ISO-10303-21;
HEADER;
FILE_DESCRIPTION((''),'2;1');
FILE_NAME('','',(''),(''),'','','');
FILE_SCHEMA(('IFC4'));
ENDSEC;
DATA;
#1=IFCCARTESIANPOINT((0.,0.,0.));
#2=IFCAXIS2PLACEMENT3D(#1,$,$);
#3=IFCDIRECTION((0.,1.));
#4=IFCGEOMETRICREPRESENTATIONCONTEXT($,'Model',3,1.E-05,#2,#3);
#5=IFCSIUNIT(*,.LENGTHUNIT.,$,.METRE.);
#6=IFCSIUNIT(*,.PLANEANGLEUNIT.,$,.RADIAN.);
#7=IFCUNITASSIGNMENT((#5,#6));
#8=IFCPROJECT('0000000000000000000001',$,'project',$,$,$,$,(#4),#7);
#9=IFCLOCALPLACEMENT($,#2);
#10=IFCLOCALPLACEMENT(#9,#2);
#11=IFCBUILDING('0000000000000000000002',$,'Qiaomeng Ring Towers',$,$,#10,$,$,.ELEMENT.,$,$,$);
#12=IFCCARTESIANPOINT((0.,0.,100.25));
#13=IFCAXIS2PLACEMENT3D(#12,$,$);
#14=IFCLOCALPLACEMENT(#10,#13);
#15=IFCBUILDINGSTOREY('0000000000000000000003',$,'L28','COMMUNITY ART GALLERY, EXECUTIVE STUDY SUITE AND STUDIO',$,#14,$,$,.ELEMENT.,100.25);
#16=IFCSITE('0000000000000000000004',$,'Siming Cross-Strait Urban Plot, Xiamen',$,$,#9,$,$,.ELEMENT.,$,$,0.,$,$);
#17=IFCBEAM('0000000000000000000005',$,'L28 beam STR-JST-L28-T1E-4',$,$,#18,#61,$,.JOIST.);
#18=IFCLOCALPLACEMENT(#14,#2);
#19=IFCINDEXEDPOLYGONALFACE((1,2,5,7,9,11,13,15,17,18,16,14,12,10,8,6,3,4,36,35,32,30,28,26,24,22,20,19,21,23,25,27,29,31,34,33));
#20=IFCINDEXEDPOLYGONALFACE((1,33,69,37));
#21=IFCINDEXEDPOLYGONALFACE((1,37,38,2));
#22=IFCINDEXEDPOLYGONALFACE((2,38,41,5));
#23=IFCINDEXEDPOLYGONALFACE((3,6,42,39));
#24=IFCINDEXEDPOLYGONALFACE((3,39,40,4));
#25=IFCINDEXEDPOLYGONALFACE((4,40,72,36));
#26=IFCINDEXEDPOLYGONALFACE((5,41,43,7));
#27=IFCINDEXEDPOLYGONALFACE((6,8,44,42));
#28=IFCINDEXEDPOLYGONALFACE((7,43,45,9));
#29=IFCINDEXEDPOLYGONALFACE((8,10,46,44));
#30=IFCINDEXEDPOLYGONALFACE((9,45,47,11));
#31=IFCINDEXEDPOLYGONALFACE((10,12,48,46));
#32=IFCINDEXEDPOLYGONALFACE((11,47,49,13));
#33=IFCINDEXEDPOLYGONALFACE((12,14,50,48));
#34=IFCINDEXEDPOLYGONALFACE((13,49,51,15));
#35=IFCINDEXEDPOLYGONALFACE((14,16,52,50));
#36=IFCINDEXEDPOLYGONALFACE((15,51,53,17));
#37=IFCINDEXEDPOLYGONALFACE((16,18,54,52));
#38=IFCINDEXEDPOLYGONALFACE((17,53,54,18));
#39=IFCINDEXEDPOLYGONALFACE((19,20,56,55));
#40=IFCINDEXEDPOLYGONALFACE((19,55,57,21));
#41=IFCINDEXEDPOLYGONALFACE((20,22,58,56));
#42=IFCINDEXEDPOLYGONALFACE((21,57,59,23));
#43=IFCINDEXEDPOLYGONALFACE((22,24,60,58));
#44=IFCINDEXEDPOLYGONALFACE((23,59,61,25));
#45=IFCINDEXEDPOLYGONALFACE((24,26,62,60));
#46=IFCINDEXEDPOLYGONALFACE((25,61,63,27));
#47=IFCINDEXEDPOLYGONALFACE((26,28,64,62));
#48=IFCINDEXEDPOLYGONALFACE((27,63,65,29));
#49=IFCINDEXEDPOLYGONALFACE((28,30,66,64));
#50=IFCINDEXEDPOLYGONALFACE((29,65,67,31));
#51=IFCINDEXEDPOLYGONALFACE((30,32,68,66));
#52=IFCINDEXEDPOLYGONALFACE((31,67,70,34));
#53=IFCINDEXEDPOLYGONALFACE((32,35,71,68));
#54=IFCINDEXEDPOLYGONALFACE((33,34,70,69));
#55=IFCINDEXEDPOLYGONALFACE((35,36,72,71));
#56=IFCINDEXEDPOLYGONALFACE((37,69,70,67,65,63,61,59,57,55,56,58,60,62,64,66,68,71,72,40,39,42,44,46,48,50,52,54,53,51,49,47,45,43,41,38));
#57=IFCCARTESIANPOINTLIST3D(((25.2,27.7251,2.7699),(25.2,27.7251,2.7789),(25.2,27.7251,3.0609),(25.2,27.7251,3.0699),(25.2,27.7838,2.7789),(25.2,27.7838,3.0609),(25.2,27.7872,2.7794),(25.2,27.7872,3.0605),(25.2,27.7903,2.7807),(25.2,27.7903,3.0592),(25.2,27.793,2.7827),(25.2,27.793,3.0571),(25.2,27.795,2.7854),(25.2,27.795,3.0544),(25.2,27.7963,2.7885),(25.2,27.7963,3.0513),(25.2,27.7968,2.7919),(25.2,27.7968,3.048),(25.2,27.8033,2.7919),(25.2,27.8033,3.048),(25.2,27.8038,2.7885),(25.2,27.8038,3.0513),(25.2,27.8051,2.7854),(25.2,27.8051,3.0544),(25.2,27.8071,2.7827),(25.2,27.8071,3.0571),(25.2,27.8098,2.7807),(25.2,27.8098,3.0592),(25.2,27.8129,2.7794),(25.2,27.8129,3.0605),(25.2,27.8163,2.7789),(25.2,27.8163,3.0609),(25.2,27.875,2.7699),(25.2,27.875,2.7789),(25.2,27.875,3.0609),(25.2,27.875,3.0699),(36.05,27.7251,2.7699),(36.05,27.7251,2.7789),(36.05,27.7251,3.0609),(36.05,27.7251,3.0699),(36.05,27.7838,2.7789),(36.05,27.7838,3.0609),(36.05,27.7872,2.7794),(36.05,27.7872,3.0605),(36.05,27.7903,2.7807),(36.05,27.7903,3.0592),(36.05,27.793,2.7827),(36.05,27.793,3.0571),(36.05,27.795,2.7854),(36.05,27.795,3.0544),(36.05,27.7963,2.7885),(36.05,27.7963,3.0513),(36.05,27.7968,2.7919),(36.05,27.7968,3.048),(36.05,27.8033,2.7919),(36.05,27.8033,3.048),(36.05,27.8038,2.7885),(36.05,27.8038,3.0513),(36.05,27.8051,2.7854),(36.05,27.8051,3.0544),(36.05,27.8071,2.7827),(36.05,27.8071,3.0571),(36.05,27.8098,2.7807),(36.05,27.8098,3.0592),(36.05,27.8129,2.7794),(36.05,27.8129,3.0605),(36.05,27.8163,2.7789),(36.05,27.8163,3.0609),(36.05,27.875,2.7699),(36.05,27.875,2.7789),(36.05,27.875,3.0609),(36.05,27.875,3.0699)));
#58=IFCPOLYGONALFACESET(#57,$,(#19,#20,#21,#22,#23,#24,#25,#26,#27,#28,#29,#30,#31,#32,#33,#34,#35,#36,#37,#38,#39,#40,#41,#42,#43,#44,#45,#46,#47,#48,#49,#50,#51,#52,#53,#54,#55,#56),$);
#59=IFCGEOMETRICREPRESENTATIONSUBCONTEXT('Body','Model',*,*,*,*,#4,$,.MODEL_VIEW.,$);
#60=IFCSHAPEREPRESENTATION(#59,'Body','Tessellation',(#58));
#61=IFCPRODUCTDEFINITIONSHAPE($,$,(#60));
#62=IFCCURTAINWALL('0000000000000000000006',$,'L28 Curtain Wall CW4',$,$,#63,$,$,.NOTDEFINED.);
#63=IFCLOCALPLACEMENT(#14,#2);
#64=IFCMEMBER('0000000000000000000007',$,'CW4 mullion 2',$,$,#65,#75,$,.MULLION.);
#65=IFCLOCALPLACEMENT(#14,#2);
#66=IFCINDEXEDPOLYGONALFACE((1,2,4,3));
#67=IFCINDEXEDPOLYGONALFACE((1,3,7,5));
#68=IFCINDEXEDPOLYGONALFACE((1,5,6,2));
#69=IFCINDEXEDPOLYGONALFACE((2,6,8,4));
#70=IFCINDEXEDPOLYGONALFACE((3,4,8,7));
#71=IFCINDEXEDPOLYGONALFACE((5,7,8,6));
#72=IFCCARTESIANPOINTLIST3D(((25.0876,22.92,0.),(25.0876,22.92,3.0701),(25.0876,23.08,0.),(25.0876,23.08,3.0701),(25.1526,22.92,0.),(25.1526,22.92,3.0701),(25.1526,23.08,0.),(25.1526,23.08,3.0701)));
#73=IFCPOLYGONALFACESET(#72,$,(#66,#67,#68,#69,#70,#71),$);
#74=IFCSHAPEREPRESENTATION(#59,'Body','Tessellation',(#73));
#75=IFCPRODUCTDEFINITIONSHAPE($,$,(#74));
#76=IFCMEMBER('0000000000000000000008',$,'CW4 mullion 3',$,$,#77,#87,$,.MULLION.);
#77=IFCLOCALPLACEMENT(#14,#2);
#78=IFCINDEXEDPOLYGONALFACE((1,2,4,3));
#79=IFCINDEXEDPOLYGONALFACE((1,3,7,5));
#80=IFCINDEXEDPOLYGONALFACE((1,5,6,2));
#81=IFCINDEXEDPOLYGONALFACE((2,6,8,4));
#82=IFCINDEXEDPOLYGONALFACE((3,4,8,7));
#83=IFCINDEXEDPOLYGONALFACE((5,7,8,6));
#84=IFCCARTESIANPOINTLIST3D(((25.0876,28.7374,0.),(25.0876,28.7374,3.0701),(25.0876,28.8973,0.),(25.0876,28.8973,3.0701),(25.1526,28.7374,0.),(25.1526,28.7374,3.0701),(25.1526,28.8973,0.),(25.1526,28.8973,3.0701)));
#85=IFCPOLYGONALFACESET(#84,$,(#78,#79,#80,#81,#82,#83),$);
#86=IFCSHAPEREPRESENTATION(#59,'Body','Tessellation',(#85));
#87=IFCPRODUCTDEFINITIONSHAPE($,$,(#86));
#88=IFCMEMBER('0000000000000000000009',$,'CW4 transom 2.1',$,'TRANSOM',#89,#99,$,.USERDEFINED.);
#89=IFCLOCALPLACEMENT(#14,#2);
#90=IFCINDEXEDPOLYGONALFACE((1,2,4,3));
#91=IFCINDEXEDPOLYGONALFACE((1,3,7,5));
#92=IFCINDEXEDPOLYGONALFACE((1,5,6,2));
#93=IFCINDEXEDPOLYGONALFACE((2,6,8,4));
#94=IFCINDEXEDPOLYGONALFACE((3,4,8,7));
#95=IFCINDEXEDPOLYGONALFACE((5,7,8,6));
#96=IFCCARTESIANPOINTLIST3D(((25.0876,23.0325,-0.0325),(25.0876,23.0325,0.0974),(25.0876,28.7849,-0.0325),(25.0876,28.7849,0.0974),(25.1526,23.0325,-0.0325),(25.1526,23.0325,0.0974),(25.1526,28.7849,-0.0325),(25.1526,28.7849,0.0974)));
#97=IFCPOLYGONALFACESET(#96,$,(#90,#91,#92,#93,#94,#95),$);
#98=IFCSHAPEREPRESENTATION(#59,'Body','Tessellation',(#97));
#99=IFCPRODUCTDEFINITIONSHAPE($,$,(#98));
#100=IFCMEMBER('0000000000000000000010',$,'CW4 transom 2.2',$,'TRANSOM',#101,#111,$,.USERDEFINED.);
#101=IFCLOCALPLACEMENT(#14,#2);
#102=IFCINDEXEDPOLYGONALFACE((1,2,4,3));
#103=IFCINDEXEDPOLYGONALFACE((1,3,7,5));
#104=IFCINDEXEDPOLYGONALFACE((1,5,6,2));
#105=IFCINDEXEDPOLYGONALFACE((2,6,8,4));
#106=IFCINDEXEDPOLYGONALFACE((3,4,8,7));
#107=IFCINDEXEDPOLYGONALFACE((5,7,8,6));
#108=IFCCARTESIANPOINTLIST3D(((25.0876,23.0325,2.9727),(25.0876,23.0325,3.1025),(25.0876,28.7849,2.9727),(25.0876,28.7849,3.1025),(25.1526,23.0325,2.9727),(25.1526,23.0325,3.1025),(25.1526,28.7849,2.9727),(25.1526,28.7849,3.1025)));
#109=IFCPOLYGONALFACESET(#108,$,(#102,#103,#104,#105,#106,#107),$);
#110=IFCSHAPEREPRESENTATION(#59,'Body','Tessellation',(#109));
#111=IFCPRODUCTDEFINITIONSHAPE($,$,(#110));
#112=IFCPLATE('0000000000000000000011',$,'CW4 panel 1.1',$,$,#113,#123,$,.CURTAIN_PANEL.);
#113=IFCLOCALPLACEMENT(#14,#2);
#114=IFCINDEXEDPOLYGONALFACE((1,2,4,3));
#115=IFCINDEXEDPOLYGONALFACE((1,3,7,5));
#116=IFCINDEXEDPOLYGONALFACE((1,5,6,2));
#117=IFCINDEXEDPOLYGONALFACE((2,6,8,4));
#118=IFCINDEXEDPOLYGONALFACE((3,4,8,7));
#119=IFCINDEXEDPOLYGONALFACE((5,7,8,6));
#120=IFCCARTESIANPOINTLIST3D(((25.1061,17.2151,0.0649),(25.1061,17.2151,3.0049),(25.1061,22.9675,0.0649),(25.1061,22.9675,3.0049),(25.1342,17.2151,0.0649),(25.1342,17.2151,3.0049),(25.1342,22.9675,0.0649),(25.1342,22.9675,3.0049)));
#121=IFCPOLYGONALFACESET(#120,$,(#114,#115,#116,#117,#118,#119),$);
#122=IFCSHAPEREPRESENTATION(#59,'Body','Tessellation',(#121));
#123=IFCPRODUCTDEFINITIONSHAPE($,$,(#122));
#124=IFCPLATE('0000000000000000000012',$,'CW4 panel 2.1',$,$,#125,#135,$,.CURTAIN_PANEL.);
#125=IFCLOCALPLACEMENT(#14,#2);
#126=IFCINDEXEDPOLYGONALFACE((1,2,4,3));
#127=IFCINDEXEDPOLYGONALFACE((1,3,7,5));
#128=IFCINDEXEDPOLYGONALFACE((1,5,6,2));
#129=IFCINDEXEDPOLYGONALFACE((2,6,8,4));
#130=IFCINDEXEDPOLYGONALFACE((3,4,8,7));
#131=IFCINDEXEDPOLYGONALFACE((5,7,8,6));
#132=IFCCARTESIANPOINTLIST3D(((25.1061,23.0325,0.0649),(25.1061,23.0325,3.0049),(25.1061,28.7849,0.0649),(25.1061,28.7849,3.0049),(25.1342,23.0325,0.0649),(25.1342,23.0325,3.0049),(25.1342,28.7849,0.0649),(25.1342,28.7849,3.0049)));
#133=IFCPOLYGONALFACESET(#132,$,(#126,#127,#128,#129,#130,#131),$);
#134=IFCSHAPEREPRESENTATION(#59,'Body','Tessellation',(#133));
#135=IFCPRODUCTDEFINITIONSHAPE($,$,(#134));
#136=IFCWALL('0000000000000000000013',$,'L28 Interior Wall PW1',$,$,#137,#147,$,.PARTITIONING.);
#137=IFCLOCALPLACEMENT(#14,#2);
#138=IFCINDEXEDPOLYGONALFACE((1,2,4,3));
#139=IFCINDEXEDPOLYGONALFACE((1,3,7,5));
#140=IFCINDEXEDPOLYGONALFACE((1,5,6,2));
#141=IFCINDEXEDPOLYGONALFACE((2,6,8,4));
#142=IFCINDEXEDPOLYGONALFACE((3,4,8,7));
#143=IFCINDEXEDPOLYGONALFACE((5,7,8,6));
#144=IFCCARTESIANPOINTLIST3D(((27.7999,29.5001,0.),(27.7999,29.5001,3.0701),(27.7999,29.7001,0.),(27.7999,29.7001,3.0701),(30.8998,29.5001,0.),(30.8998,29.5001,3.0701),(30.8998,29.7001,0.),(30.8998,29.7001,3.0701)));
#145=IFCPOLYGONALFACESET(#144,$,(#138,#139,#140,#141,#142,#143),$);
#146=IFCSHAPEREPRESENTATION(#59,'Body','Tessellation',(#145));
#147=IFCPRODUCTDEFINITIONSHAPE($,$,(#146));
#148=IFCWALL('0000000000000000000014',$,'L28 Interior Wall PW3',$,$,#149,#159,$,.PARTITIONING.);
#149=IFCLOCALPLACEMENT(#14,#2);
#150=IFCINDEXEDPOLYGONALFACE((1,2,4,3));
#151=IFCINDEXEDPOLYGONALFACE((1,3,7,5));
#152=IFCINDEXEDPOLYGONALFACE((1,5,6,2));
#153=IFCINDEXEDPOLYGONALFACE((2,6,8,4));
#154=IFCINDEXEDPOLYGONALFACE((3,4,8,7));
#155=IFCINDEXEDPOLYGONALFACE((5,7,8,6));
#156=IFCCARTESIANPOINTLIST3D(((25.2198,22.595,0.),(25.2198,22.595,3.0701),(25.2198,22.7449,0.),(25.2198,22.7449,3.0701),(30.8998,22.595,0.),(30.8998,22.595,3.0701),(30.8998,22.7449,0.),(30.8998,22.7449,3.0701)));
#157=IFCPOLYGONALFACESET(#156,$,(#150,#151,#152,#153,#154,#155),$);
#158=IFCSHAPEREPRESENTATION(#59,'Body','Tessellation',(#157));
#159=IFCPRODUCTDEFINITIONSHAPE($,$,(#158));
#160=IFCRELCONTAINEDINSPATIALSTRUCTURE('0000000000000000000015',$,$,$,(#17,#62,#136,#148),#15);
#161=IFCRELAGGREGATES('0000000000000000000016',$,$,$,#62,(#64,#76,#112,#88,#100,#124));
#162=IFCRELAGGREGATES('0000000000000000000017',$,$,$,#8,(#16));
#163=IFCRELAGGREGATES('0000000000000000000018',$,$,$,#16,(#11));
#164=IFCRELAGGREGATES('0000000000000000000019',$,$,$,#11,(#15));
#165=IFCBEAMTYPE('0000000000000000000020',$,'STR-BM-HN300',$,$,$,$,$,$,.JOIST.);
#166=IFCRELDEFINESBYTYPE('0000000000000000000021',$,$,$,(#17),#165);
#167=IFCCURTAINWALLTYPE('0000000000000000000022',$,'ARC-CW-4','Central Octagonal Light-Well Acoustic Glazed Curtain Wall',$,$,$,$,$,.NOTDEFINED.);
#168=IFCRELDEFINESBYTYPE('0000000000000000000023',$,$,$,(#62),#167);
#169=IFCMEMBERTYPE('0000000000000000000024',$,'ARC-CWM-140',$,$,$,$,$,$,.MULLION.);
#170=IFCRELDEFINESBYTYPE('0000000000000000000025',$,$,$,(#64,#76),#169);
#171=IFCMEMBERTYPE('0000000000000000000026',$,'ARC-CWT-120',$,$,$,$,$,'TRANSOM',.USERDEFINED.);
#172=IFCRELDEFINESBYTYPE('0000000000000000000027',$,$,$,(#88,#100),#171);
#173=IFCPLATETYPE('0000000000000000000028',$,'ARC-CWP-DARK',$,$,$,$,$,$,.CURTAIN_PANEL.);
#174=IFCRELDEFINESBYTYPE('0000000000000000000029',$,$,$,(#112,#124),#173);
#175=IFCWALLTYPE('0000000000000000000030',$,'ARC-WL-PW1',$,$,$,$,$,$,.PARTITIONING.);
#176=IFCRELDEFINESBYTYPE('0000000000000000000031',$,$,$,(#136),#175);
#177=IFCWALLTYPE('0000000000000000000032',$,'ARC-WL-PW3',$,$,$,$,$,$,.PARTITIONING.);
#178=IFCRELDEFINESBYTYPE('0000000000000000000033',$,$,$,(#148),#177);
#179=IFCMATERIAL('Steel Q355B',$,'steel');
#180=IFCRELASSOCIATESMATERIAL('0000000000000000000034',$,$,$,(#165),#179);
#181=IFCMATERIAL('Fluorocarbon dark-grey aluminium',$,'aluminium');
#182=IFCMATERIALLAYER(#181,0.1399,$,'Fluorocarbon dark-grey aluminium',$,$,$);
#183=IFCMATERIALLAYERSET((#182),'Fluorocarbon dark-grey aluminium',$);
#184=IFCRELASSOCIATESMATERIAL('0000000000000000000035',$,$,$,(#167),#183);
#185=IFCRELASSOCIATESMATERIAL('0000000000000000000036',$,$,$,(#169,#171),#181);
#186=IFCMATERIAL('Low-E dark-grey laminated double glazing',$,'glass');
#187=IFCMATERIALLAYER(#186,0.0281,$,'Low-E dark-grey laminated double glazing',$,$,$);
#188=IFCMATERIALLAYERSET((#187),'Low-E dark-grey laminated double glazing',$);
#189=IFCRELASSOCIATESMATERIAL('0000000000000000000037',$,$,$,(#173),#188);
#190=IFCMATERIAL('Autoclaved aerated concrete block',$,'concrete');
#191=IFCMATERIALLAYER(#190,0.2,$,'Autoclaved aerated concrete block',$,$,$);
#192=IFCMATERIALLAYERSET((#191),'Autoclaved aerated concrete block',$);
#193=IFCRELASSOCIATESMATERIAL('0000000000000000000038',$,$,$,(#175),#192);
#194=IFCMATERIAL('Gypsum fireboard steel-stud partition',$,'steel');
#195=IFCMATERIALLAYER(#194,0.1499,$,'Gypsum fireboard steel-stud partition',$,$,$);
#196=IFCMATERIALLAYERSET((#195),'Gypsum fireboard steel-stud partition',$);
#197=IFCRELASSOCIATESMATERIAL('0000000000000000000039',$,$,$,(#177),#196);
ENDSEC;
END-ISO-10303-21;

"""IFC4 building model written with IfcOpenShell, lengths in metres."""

from ifc_helpers import new_model, si_unit, direction, frame, frame_2d, origin, origin_2d, place, context, subcontext, project, spatial, rectangle, i_section, extrude, source, transform, mapped, material, layer, layer_set, material_profile, profile_set, type_object, element, aggregate, save


model = new_model("IFC4")

# Units and contexts
model_context = context("Model", 3, precision=1e-05, world=origin(), true_north=direction((0.0, 1.0)))
body_context = subcontext(model_context, "Body", "Model", "MODEL_VIEW")
ifc_project = project(units=[si_unit("LENGTHUNIT", "METRE"), si_unit("PLANEANGLEUNIT", "RADIAN")], contexts=[model_context])

# Site, building, storey
site_placement = place(None, origin())
site = spatial("IfcSite", under=ifc_project, at=site_placement, Name="Siming Cross-Strait Urban Plot, Xiamen", CompositionType="ELEMENT", RefElevation=0.0)
building_placement = place(site_placement, origin())
building = spatial("IfcBuilding", under=site, at=building_placement, Name="Qiaomeng Ring Towers", CompositionType="ELEMENT")
storey_placement = place(building_placement, frame((0.0, 0.0, 100.25)))
storey = spatial("IfcBuildingStorey", under=building, at=storey_placement, Name="L28", Description="COMMUNITY ART GALLERY, EXECUTIVE STUDY SUITE AND STUDIO", CompositionType="ELEMENT", Elevation=100.25)

# Beam
ifc_material_1 = material(Name="Steel Q355B", Category="steel")
ifc_material_profile_1 = material_profile(ifc_material_1, i_section(OverallWidth=0.1499, OverallDepth=0.3, WebThickness=0.0066, FlangeThickness=0.009, FilletRadius=0.0129, at=origin_2d()), Name="HN 300x150x6.5x9")
ifc_profile_set_1 = profile_set([ifc_material_profile_1], Name="Steel Q355B")
beam_type_1 = type_object("IfcBeamType", Name="STR-BM-HN300", PredefinedType="JOIST", material=ifc_profile_set_1)
shared_shape_1 = source(origin(), body_context, "Body", "SweptSolid", [
    extrude(i_section(OverallWidth=0.1499, OverallDepth=0.3, WebThickness=0.0066, FlangeThickness=0.009, FilletRadius=0.0129, at=origin_2d()), origin(), (0.0, 0.0, 1.0), 10.8501),
])
for number, where, z_axis, x_axis, name in (
    (1, (25.2, 27.8, 2.9199), (1.0, 0.0, 0.0), (0.0, 1.0, 0.0), "L28 beam STR-JST-L28-T1E-4"),
):
    element("IfcBeam", number, at=place(storey_placement, frame(where, z_axis=z_axis, x_axis=x_axis)), inside=storey, type_object=beam_type_1, Name=name, PredefinedType="JOIST", context=body_context, shape_type="MappedRepresentation", body=[
        mapped(shared_shape_1, transform((0.0, 0.0, 0.0), x_axis=(1.0, 0.0, 0.0), y_axis=(0.0, 1.0, 0.0), z_axis=(0.0, 0.0, 1.0), scale=1.0)),
    ])

# Curtain wall, members, plates
ifc_material_2 = material(Name="Fluorocarbon dark-grey aluminium", Category="aluminium")
ifc_layer_1 = layer(ifc_material_2, 0.1399, Name="Fluorocarbon dark-grey aluminium")
ifc_layer_set_1 = layer_set([ifc_layer_1], Name="Fluorocarbon dark-grey aluminium")
curtain_wall_type = type_object("IfcCurtainWallType", Name="ARC-CW-4", Description="Central Octagonal Light-Well Acoustic Glazed Curtain Wall", PredefinedType="NOTDEFINED", material=ifc_layer_set_1)
curtain_wall_placement = place(storey_placement, origin())
curtain_wall = element("IfcCurtainWall", 2, at=curtain_wall_placement, inside=storey, type_object=curtain_wall_type, Name="L28 Curtain Wall CW4", PredefinedType="NOTDEFINED")
ifc_material_profile_2 = material_profile(ifc_material_2, rectangle(XDim=0.0649, YDim=0.1599, at=origin_2d()), Name="ALU MULL 65x160")
ifc_profile_set_2 = profile_set([ifc_material_profile_2], Name="Fluorocarbon dark-grey aluminium")
member_type_1 = type_object("IfcMemberType", Name="ARC-CWM-140", PredefinedType="MULLION", material=ifc_profile_set_2)
shared_shape_2 = source(origin(), body_context, "Body", "SweptSolid", [
    extrude(rectangle(XDim=0.0649, YDim=0.1599, at=origin_2d()), origin(), (0.0, 0.0, 1.0), 3.0701),
])
member_1_placement = place(storey_placement, frame((25.1201, 23.0, 0.0), z_axis=(0.0, 0.0, 1.0), x_axis=(-1.0, 0.0, 0.0)))
member_1 = element("IfcMember", 3, at=member_1_placement, type_object=member_type_1, Name="CW4 mullion 2", PredefinedType="MULLION", context=body_context, shape_type="MappedRepresentation", body=[
    mapped(shared_shape_2, transform((0.0, 0.0, 0.0), x_axis=(1.0, 0.0, 0.0), y_axis=(0.0, 1.0, 0.0), z_axis=(0.0, 0.0, 1.0), scale=1.0)),
])
member_2_placement = place(storey_placement, frame((25.1201, 28.8174, 0.0), z_axis=(0.0, 0.0, 1.0), x_axis=(-1.0, 0.0, 0.0)))
member_2 = element("IfcMember", 4, at=member_2_placement, type_object=member_type_1, Name="CW4 mullion 3", PredefinedType="MULLION", context=body_context, shape_type="MappedRepresentation", body=[
    mapped(shared_shape_2, transform((0.0, 0.0, 0.0), x_axis=(1.0, 0.0, 0.0), y_axis=(0.0, 1.0, 0.0), z_axis=(0.0, 0.0, 1.0), scale=1.0)),
])
ifc_material_profile_3 = material_profile(ifc_material_2, rectangle(XDim=0.0649, YDim=0.1299, at=origin_2d()), Name="ALU TRAN 65x130")
ifc_profile_set_3 = profile_set([ifc_material_profile_3], Name="Fluorocarbon dark-grey aluminium")
member_type_2 = type_object("IfcMemberType", Name="ARC-CWT-120", ElementType="TRANSOM", PredefinedType="USERDEFINED", material=ifc_profile_set_3)
shared_shape_3 = source(origin(), body_context, "Body", "SweptSolid", [
    extrude(rectangle(XDim=0.0649, YDim=0.1299, at=origin_2d()), origin(), (0.0, 0.0, 1.0), 5.7524),
])
member_3_placement = place(storey_placement, frame((25.1201, 23.0325, 0.0325), z_axis=(0.0, 1.0, 0.0), x_axis=(-1.0, 0.0, 0.0)))
member_3 = element("IfcMember", 5, at=member_3_placement, type_object=member_type_2, Name="CW4 transom 2.1", ObjectType="TRANSOM", PredefinedType="USERDEFINED", context=body_context, shape_type="MappedRepresentation", body=[
    mapped(shared_shape_3, transform((0.0, 0.0, 0.0), x_axis=(1.0, 0.0, 0.0), y_axis=(0.0, 1.0, 0.0), z_axis=(0.0, 0.0, 1.0), scale=1.0)),
])
member_4_placement = place(storey_placement, frame((25.1201, 23.0325, 3.0376), z_axis=(0.0, 1.0, 0.0), x_axis=(-1.0, 0.0, 0.0)))
member_4 = element("IfcMember", 6, at=member_4_placement, type_object=member_type_2, Name="CW4 transom 2.2", ObjectType="TRANSOM", PredefinedType="USERDEFINED", context=body_context, shape_type="MappedRepresentation", body=[
    mapped(shared_shape_3, transform((0.0, 0.0, 0.0), x_axis=(1.0, 0.0, 0.0), y_axis=(0.0, 1.0, 0.0), z_axis=(0.0, 0.0, 1.0), scale=1.0)),
])
ifc_material_3 = material(Name="Low-E dark-grey laminated double glazing", Category="glass")
ifc_layer_2 = layer(ifc_material_3, 0.0281, Name="Low-E dark-grey laminated double glazing")
ifc_layer_set_2 = layer_set([ifc_layer_2], Name="Low-E dark-grey laminated double glazing")
plate_type = type_object("IfcPlateType", Name="ARC-CWP-DARK", PredefinedType="CURTAIN_PANEL", material=ifc_layer_set_2)
shared_shape_4 = source(origin(), body_context, "Body", "SweptSolid", [
    extrude(rectangle(XDim=5.7524, YDim=0.0281, at=origin_2d()), origin(), (0.0, 0.0, 1.0), 2.9399),
])
plate_1_placement = place(storey_placement, frame((25.1201, 20.0913, 0.0649), z_axis=(0.0, 0.0, 1.0), x_axis=(0.0, 1.0, 0.0)))
plate_1 = element("IfcPlate", 7, at=plate_1_placement, type_object=plate_type, Name="CW4 panel 1.1", PredefinedType="CURTAIN_PANEL", context=body_context, shape_type="MappedRepresentation", body=[
    mapped(shared_shape_4, transform((0.0, 0.0, 0.0), x_axis=(1.0, 0.0, 0.0), y_axis=(0.0, 1.0, 0.0), z_axis=(0.0, 0.0, 1.0), scale=1.0)),
])
plate_2_placement = place(storey_placement, frame((25.1201, 25.9087, 0.0649), z_axis=(0.0, 0.0, 1.0), x_axis=(0.0, 1.0, 0.0)))
plate_2 = element("IfcPlate", 8, at=plate_2_placement, type_object=plate_type, Name="CW4 panel 2.1", PredefinedType="CURTAIN_PANEL", context=body_context, shape_type="MappedRepresentation", body=[
    mapped(shared_shape_4, transform((0.0, 0.0, 0.0), x_axis=(1.0, 0.0, 0.0), y_axis=(0.0, 1.0, 0.0), z_axis=(0.0, 0.0, 1.0), scale=1.0)),
])
aggregate(curtain_wall, [member_1, member_2, plate_1, member_3, member_4, plate_2])

# Walls
ifc_material_4 = material(Name="Autoclaved aerated concrete block", Category="concrete")
ifc_layer_3 = layer(ifc_material_4, 0.2, Name="Autoclaved aerated concrete block")
ifc_layer_set_3 = layer_set([ifc_layer_3], Name="Autoclaved aerated concrete block")
wall_type_1 = type_object("IfcWallType", Name="ARC-WL-PW1", PredefinedType="PARTITIONING", material=ifc_layer_set_3)
wall_1_placement = place(storey_placement, frame((27.8, 29.6001, 0.0), z_axis=(0.0, 0.0, 1.0), x_axis=(1.0, 0.0, 0.0)))
element("IfcWall", 9, at=wall_1_placement, inside=storey, type_object=wall_type_1, Name="L28 Interior Wall PW1", PredefinedType="PARTITIONING", context=body_context, shape_type="SweptSolid", body=[
    extrude(rectangle(XDim=3.0999, YDim=0.2, at=frame_2d((1.5498, 0.0))), origin(), (0.0, 0.0, 1.0), 3.0701),
])
ifc_material_5 = material(Name="Gypsum fireboard steel-stud partition", Category="steel")
ifc_layer_4 = layer(ifc_material_5, 0.1499, Name="Gypsum fireboard steel-stud partition")
ifc_layer_set_4 = layer_set([ifc_layer_4], Name="Gypsum fireboard steel-stud partition")
wall_type_2 = type_object("IfcWallType", Name="ARC-WL-PW3", PredefinedType="PARTITIONING", material=ifc_layer_set_4)
wall_2_placement = place(storey_placement, frame((25.22, 22.6699, 0.0), z_axis=(0.0, 0.0, 1.0), x_axis=(1.0, 0.0, 0.0)))
element("IfcWall", 10, at=wall_2_placement, inside=storey, type_object=wall_type_2, Name="L28 Interior Wall PW3", PredefinedType="PARTITIONING", context=body_context, shape_type="SweptSolid", body=[
    extrude(rectangle(XDim=5.6799, YDim=0.1499, at=frame_2d((2.8398, 0.0))), origin(), (0.0, 0.0, 1.0), 3.0701),
])

save(model, "model.ifc")
